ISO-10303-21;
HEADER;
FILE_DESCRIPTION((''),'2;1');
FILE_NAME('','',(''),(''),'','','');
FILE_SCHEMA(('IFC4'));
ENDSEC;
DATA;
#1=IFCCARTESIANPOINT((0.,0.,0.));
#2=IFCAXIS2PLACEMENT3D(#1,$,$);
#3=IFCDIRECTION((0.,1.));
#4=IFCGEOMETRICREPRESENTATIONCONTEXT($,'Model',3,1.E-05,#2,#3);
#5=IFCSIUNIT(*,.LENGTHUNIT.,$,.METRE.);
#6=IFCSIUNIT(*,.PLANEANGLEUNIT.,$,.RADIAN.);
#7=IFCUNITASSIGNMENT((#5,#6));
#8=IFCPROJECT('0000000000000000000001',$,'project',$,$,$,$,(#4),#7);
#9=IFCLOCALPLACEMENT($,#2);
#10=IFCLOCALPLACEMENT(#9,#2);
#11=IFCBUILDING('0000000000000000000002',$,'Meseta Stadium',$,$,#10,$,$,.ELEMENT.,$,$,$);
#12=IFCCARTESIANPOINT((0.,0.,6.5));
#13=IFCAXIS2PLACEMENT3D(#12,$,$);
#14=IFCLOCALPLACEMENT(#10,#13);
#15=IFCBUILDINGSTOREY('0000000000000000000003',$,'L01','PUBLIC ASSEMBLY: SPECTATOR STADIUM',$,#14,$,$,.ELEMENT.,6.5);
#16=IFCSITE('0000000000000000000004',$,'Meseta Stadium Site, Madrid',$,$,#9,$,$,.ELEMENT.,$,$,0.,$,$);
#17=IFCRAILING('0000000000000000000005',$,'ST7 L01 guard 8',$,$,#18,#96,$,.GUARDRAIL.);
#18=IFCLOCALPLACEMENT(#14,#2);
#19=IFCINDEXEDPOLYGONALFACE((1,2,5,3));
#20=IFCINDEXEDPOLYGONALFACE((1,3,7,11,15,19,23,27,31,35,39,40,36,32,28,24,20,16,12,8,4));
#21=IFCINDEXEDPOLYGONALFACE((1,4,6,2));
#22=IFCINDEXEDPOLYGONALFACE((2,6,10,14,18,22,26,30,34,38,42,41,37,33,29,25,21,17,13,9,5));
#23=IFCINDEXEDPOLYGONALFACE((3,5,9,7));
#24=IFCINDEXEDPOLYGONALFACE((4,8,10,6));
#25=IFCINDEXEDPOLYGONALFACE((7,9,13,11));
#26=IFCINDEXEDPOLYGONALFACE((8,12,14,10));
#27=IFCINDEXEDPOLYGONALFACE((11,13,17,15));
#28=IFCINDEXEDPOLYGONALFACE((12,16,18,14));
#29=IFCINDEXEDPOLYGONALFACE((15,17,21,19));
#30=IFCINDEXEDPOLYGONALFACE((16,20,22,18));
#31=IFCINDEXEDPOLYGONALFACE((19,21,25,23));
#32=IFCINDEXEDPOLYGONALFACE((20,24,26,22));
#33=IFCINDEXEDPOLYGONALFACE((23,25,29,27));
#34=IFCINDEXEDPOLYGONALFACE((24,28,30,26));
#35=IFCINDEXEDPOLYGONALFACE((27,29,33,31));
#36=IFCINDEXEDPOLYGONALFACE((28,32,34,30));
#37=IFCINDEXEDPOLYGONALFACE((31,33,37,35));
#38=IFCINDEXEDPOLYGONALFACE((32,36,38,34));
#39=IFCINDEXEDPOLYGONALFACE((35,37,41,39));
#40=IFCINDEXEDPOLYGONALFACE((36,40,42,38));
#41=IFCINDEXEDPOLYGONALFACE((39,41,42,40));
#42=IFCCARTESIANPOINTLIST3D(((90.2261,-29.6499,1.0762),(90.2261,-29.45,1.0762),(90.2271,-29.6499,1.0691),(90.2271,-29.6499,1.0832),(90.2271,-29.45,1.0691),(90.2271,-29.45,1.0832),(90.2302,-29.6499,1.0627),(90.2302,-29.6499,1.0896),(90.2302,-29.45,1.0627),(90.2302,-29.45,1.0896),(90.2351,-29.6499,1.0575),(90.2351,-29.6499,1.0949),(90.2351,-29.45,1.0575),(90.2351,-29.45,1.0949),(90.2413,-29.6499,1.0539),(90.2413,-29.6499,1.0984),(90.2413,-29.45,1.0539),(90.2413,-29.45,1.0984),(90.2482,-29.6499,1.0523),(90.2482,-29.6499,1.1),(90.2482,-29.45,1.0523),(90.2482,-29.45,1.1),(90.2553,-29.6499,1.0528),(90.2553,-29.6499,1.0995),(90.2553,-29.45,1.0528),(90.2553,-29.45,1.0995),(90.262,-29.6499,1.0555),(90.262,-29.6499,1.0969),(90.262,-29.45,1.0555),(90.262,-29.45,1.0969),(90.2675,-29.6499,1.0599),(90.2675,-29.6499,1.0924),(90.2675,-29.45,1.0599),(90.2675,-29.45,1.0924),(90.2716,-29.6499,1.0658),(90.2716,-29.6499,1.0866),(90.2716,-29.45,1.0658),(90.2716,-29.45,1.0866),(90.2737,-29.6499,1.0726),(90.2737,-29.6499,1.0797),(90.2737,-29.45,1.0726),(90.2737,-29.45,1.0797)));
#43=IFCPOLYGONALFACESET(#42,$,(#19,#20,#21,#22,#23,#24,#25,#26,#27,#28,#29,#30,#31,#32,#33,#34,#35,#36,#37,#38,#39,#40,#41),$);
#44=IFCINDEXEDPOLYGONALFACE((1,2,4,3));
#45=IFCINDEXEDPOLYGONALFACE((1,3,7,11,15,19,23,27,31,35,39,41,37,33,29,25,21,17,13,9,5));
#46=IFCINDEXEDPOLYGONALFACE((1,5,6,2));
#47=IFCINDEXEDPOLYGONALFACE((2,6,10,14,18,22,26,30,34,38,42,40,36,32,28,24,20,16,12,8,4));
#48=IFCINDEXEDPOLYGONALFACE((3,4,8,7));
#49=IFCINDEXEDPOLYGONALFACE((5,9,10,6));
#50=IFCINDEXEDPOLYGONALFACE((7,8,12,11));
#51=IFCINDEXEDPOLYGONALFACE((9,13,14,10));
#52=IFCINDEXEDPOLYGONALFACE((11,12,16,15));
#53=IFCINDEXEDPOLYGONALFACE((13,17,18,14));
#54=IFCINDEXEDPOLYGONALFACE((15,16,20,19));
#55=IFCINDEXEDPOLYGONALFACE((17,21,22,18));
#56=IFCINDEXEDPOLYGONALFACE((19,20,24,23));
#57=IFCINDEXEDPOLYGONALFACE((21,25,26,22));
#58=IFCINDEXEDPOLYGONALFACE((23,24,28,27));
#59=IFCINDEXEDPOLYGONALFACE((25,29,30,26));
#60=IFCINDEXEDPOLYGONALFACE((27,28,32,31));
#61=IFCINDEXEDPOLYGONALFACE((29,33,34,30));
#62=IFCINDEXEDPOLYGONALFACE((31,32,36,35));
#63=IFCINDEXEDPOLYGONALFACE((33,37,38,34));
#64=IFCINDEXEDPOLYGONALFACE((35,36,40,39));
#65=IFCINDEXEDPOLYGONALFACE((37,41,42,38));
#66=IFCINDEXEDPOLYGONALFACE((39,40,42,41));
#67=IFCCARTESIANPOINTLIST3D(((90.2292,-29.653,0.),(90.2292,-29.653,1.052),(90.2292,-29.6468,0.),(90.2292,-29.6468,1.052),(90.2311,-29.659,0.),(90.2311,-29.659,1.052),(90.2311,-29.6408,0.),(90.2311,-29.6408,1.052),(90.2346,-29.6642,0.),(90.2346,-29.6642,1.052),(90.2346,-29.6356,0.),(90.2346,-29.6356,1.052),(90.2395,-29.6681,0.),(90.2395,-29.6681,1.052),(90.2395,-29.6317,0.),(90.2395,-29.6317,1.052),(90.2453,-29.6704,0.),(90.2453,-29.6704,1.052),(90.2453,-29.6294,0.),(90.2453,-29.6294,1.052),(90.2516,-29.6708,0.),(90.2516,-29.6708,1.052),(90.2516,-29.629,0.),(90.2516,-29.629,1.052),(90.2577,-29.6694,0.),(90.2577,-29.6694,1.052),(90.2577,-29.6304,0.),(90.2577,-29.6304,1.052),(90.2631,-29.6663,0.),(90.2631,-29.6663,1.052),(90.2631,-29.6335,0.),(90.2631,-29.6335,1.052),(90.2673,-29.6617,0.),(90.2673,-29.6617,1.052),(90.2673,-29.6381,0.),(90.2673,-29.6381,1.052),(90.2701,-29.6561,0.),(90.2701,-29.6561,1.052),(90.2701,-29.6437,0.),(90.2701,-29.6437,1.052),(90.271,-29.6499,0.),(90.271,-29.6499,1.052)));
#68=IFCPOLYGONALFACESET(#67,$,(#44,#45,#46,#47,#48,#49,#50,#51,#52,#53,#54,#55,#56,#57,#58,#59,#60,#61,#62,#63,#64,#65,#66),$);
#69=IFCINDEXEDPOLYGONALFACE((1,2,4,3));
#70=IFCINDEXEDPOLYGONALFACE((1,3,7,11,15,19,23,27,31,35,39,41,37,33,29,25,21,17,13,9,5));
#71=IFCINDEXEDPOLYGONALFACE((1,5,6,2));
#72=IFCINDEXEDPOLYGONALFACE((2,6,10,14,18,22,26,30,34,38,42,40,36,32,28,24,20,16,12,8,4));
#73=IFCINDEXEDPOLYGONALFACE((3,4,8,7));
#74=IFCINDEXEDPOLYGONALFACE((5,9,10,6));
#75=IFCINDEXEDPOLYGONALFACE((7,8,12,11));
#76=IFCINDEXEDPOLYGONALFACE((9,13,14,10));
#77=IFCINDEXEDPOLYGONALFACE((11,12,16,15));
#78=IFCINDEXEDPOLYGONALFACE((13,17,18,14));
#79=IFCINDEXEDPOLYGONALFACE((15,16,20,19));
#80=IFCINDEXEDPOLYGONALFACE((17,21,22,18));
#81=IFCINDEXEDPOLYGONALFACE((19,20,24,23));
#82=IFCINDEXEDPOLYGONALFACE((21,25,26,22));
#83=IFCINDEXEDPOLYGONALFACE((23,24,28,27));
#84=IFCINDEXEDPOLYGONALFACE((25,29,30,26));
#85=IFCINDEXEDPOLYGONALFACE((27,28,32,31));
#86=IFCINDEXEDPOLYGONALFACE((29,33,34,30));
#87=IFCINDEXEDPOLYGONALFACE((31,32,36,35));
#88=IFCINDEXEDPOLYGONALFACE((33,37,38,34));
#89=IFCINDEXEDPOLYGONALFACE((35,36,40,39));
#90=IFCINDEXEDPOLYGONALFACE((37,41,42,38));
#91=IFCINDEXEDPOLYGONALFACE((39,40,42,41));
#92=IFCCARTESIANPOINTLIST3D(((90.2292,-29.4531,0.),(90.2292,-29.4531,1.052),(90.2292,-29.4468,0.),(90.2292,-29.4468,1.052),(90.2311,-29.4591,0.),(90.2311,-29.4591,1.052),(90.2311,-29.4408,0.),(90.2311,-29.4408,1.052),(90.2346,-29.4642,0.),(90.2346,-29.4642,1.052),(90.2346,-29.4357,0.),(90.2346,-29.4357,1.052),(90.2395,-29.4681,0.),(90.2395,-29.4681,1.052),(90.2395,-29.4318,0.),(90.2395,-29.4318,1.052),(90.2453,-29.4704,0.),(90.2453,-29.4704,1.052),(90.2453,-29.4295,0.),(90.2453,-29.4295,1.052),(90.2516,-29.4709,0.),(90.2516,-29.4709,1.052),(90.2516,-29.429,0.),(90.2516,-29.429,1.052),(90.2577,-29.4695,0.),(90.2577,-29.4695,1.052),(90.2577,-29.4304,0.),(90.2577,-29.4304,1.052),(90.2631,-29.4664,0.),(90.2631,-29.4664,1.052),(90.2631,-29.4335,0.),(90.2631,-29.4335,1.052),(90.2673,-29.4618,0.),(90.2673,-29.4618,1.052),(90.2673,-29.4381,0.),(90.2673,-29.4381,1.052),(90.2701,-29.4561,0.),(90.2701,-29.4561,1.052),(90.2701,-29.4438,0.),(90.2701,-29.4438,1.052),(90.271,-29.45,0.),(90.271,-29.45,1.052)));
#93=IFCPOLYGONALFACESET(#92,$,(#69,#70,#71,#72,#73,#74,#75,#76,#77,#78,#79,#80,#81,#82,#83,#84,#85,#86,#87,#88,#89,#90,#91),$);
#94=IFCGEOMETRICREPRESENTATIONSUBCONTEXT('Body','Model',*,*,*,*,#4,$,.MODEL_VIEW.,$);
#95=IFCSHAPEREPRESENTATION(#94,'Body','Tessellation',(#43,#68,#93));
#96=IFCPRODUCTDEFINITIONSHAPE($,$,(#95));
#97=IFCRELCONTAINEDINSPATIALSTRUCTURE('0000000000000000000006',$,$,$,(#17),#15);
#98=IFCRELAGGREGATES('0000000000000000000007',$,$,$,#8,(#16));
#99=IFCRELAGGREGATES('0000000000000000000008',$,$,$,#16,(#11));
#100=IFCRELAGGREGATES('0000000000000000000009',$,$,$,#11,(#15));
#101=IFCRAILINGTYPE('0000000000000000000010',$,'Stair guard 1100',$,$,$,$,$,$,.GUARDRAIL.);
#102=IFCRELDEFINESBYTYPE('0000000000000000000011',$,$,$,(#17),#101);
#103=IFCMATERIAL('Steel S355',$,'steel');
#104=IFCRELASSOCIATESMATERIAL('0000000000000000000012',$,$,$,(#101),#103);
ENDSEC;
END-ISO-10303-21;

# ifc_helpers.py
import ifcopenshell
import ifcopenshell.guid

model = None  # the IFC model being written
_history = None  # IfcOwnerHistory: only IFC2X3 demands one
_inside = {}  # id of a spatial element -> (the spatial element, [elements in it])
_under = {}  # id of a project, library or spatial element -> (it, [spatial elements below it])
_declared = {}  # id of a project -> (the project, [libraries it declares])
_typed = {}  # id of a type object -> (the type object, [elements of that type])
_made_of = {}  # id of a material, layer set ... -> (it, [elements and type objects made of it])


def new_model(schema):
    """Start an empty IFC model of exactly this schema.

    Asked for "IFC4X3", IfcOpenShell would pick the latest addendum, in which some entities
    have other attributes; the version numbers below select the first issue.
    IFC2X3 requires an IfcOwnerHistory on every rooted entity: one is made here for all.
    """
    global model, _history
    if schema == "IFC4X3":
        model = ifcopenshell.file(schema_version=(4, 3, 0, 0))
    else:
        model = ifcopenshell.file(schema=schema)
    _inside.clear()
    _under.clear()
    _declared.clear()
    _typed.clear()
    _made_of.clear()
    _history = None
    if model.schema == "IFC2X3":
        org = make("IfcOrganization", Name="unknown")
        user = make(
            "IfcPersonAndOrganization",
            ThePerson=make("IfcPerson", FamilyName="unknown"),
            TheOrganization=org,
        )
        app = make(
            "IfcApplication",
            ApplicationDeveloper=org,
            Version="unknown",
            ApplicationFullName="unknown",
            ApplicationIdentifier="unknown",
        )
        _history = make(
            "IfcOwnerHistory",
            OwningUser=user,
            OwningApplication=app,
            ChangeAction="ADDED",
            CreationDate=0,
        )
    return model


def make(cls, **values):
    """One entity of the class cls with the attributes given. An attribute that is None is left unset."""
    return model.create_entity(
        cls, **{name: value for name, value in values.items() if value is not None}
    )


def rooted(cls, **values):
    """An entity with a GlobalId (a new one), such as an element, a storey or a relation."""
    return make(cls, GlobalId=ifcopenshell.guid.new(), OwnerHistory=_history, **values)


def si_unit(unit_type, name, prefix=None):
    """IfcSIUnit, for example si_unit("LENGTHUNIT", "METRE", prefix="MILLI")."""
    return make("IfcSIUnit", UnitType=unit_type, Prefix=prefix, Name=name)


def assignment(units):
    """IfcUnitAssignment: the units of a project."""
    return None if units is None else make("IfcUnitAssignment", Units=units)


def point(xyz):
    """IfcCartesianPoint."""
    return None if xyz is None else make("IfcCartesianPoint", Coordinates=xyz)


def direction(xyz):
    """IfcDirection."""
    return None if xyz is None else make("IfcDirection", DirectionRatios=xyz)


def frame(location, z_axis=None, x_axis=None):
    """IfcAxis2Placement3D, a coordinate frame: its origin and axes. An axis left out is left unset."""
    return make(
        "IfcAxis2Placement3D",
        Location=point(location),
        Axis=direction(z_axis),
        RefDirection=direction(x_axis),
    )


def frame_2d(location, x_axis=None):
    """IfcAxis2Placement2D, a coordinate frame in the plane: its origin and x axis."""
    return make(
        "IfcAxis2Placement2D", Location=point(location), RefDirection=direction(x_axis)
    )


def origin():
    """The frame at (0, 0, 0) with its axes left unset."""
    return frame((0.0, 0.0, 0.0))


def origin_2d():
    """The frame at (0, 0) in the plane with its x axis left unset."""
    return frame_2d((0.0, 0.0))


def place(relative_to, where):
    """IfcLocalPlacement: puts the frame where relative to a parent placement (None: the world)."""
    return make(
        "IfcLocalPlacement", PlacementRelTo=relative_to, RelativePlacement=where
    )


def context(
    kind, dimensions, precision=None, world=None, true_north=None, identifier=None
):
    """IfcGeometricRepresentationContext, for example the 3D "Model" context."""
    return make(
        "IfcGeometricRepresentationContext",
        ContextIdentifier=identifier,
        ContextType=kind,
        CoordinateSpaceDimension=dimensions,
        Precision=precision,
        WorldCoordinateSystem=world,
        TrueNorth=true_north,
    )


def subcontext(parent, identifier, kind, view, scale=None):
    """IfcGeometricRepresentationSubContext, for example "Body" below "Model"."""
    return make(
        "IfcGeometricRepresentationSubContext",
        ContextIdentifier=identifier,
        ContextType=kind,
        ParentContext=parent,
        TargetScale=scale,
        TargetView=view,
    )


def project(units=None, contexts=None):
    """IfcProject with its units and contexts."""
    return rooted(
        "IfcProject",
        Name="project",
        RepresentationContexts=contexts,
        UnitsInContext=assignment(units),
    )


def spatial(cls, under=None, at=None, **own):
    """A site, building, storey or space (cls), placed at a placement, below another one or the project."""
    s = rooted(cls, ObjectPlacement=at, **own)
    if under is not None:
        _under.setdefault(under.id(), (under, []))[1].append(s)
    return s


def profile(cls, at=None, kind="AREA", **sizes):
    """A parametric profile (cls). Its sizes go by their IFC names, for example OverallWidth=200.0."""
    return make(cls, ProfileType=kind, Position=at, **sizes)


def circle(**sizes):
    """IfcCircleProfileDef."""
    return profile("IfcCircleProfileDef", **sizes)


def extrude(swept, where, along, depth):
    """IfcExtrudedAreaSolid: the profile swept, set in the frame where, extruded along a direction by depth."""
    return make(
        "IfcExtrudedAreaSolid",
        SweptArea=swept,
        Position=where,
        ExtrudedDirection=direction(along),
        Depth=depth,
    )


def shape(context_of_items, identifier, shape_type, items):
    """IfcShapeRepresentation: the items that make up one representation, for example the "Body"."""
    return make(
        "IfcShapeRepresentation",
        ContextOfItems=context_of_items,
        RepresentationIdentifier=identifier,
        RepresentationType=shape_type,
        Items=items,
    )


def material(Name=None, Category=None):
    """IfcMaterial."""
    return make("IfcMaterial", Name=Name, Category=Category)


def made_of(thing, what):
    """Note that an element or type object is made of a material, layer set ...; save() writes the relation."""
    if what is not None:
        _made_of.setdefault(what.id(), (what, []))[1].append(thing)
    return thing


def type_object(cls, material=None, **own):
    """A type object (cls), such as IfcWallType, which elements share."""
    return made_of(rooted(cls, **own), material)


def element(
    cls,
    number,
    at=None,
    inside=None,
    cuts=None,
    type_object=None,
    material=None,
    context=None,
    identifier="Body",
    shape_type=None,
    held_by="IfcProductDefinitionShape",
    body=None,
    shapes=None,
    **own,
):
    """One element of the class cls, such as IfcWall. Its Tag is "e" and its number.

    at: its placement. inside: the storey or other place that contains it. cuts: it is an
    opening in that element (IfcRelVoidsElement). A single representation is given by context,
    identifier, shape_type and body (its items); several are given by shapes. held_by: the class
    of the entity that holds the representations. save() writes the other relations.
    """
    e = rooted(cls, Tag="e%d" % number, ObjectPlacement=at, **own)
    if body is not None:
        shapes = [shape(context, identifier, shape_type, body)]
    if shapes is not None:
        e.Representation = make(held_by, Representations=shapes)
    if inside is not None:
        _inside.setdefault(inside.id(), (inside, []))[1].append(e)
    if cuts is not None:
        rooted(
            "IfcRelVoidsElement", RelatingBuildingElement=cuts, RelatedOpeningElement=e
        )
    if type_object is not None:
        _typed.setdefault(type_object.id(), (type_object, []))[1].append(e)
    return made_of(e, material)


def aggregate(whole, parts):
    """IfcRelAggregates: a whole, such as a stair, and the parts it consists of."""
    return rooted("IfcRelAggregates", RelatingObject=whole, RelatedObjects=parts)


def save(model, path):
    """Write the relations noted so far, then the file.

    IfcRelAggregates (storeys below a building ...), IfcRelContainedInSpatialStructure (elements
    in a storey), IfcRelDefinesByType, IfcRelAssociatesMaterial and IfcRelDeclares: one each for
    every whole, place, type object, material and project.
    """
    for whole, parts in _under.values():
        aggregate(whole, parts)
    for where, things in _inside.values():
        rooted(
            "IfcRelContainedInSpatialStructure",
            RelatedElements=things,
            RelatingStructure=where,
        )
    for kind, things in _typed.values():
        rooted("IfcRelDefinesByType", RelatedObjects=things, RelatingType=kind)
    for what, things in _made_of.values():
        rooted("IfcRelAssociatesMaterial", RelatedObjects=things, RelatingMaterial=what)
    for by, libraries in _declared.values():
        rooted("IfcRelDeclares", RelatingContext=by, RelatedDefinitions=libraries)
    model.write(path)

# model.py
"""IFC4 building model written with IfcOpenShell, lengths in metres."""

from ifc_helpers import new_model, si_unit, direction, frame, origin, origin_2d, place, context, subcontext, project, spatial, circle, extrude, material, type_object, element, save


model = new_model("IFC4")

# Units and contexts
model_context = context("Model", 3, precision=1e-05, world=origin(), true_north=direction((0.0, 1.0)))
body_context = subcontext(model_context, "Body", "Model", "MODEL_VIEW")
ifc_project = project(units=[si_unit("LENGTHUNIT", "METRE"), si_unit("PLANEANGLEUNIT", "RADIAN")], contexts=[model_context])

# Site, building, storey
site_placement = place(None, origin())
site = spatial("IfcSite", under=ifc_project, at=site_placement, Name="Meseta Stadium Site, Madrid", CompositionType="ELEMENT", RefElevation=0.0)
building_placement = place(site_placement, origin())
building = spatial("IfcBuilding", under=site, at=building_placement, Name="Meseta Stadium", CompositionType="ELEMENT")
storey_placement = place(building_placement, frame((0.0, 0.0, 6.5)))
storey = spatial("IfcBuildingStorey", under=building, at=storey_placement, Name="L01", Description="PUBLIC ASSEMBLY: SPECTATOR STADIUM", CompositionType="ELEMENT", Elevation=6.5)

# Railing
ifc_material_1 = material(Name="Steel S355", Category="steel")
railing_type_1 = type_object("IfcRailingType", Name="Stair guard 1100", PredefinedType="GUARDRAIL", material=ifc_material_1)
railing_1_placement = place(storey_placement, frame((90.25, -29.6499, 0.0)))
element("IfcRailing", 1, at=railing_1_placement, inside=storey, type_object=railing_type_1, Name="ST7 L01 guard 8", PredefinedType="GUARDRAIL", context=body_context, shape_type="SweptSolid", body=[
    extrude(circle(Radius=0.0239, at=origin_2d()), frame((0.0, 0.0, 1.0762), z_axis=(0.0, 1.0, 0.0), x_axis=(-1.0, 0.0, 0.0)), (0.0, 0.0, 1.0), 0.2),
    extrude(circle(Radius=0.021, at=origin_2d()), origin(), (0.0, 0.0, 1.0), 1.052),
    extrude(circle(Radius=0.021, at=origin_2d()), frame((0.0, 0.2, 0.0)), (0.0, 0.0, 1.0), 1.052),
])

save(model, "model.ifc")
